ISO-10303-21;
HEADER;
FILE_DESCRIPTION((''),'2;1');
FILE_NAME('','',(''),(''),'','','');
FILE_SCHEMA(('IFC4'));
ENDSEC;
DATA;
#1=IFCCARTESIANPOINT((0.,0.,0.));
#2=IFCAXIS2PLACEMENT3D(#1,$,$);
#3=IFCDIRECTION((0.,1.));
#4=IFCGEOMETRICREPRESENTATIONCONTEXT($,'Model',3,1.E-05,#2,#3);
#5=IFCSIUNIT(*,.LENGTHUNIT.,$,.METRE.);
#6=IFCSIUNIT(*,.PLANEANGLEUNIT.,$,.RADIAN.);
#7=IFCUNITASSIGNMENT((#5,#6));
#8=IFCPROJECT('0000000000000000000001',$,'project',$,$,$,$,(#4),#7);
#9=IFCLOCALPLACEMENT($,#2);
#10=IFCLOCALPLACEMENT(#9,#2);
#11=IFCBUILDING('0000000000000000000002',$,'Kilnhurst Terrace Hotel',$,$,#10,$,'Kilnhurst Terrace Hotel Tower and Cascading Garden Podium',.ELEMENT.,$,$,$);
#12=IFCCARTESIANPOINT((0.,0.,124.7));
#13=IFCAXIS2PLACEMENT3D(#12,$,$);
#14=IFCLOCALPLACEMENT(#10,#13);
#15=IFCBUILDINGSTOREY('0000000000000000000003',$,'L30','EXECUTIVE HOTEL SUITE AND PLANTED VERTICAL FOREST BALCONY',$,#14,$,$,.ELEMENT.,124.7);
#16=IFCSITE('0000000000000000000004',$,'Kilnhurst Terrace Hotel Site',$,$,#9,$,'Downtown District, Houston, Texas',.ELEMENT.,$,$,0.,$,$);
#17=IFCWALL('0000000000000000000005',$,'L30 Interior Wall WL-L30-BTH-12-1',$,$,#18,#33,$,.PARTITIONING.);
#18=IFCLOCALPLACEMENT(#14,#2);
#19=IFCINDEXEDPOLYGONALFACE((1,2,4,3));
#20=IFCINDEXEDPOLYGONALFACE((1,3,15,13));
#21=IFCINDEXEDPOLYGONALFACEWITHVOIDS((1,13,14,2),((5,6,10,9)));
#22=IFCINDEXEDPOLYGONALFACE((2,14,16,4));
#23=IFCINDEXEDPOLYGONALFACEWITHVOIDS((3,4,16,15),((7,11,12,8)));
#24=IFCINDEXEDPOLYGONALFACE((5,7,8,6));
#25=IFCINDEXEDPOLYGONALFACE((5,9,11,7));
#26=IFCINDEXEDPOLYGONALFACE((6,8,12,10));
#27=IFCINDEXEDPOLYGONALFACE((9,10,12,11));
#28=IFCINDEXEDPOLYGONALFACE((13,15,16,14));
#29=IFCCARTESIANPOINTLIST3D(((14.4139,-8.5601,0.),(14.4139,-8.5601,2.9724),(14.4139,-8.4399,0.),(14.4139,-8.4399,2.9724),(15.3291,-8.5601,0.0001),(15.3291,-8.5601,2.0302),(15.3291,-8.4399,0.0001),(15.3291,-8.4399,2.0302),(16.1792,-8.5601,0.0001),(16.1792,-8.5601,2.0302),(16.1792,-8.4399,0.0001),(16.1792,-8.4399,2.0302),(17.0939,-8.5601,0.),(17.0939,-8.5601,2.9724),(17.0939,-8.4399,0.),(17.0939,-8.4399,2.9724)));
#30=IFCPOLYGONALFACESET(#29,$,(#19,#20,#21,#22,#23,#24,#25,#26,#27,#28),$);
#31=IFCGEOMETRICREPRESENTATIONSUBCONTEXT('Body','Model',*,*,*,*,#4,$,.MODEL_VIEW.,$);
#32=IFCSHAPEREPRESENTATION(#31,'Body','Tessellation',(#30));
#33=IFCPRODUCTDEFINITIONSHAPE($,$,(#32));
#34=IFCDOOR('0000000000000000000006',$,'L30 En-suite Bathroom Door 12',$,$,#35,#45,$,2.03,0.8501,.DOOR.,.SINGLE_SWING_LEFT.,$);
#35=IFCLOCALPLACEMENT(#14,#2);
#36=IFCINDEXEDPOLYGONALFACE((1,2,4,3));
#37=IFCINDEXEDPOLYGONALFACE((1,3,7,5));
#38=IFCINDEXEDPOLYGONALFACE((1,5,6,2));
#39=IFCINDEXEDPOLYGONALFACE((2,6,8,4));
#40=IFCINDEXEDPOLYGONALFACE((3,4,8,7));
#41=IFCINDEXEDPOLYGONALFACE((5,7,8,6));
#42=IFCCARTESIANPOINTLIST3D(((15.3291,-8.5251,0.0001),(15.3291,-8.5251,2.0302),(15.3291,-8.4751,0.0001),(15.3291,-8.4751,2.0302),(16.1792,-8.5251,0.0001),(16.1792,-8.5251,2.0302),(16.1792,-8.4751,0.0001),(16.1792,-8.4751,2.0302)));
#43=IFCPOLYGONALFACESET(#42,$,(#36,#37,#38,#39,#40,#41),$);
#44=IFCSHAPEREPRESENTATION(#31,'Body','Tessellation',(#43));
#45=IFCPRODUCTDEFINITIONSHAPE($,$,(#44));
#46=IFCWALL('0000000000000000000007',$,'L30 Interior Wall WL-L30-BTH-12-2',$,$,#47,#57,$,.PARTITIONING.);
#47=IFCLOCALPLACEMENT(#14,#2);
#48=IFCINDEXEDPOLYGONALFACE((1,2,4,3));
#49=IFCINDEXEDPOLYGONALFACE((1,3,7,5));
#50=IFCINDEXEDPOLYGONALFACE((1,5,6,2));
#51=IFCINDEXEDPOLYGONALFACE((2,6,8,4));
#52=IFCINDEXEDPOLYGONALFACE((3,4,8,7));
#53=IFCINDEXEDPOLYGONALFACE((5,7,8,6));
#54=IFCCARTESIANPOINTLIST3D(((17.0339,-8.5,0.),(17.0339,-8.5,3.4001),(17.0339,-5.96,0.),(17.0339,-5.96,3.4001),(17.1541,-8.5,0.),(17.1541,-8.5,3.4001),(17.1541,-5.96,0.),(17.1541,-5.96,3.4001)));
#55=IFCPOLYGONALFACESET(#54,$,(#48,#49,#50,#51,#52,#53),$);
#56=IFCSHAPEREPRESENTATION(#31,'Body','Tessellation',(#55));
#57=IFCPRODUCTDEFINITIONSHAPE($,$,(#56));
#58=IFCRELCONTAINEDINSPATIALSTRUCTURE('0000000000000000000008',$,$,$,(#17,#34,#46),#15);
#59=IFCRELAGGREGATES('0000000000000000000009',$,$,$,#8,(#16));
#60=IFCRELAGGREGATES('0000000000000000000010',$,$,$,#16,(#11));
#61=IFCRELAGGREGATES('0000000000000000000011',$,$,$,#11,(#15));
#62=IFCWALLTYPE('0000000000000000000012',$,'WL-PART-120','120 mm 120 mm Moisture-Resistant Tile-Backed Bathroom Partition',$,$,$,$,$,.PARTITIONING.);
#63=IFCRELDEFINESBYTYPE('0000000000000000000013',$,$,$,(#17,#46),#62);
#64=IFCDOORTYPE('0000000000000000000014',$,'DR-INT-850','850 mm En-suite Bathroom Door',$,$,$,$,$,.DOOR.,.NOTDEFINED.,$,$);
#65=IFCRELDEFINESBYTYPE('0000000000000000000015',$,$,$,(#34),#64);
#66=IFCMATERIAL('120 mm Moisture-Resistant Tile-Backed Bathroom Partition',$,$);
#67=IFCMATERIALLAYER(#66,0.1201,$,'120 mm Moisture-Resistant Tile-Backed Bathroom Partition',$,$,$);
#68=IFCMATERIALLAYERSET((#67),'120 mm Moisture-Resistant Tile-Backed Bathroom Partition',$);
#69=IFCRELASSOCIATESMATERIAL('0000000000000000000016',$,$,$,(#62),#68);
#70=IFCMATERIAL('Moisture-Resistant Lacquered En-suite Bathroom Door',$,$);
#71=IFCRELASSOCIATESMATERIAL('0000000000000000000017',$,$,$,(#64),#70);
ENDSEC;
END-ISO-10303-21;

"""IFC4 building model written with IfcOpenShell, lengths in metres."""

from ifc_helpers import new_model, si_unit, direction, frame, frame_2d, origin, place, context, subcontext, project, spatial, rectangle, extrude, material, layer, layer_set, type_object, element, fill, save


model = new_model("IFC4")

# Units and contexts
model_context = context("Model", 3, precision=1e-05, world=origin(), true_north=direction((0.0, 1.0)))
body_context = subcontext(model_context, "Body", "Model", "MODEL_VIEW")
ifc_project = project(units=[si_unit("LENGTHUNIT", "METRE"), si_unit("PLANEANGLEUNIT", "RADIAN")], contexts=[model_context])

# Site, building, storey
site_placement = place(None, origin())
site = spatial("IfcSite", under=ifc_project, at=site_placement, Name="Kilnhurst Terrace Hotel Site", LongName="Downtown District, Houston, Texas", CompositionType="ELEMENT", RefElevation=0.0)
building_placement = place(site_placement, origin())
building = spatial("IfcBuilding", under=site, at=building_placement, Name="Kilnhurst Terrace Hotel", LongName="Kilnhurst Terrace Hotel Tower and Cascading Garden Podium", CompositionType="ELEMENT")
storey_placement = place(building_placement, frame((0.0, 0.0, 124.7)))
storey = spatial("IfcBuildingStorey", under=building, at=storey_placement, Name="L30", Description="EXECUTIVE HOTEL SUITE AND PLANTED VERTICAL FOREST BALCONY", CompositionType="ELEMENT", Elevation=124.7)

# Wall, opening, door
ifc_material_1 = material(Name="120 mm Moisture-Resistant Tile-Backed Bathroom Partition")
ifc_layer_1 = layer(ifc_material_1, 0.1201, Name="120 mm Moisture-Resistant Tile-Backed Bathroom Partition")
ifc_layer_set_1 = layer_set([ifc_layer_1], Name="120 mm Moisture-Resistant Tile-Backed Bathroom Partition")
wall_type_1 = type_object("IfcWallType", Name="WL-PART-120", Description="120 mm 120 mm Moisture-Resistant Tile-Backed Bathroom Partition", PredefinedType="PARTITIONING", material=ifc_layer_set_1)
wall_1_placement = place(storey_placement, frame((14.4141, -8.5, 0.0), z_axis=(0.0, 0.0, 1.0), x_axis=(1.0, 0.0, 0.0)))
wall_1 = element("IfcWall", 1, at=wall_1_placement, inside=storey, type_object=wall_type_1, Name="L30 Interior Wall WL-L30-BTH-12-1", PredefinedType="PARTITIONING", context=body_context, shape_type="SweptSolid", body=[
    extrude(rectangle(XDim=2.6799, YDim=0.1201, at=frame_2d((1.3398, 0.0))), origin(), (0.0, 0.0, 1.0), 2.9724),
])
opening_1_placement = place(wall_1_placement, frame((0.915, 0.0, 0.0)))
opening_1 = element("IfcOpeningElement", 2, at=opening_1_placement, cuts=wall_1, PredefinedType="OPENING", context=body_context, shape_type="SweptSolid", body=[
    extrude(rectangle(XDim=0.8501, YDim=2.03, at=frame_2d((0.425, 1.0151))), frame((0.0, 0.0701, 0.0), z_axis=(0.0, -1.0, 0.0), x_axis=(1.0, 0.0, 0.0)), (0.0, 0.0, 1.0), 0.1401),
])
ifc_material_2 = material(Name="Moisture-Resistant Lacquered En-suite Bathroom Door")
door_type_1 = type_object("IfcDoorType", Name="DR-INT-850", Description="850 mm En-suite Bathroom Door", OperationType="NOTDEFINED", PredefinedType="DOOR", material=ifc_material_2)
door_1_placement = place(opening_1_placement, origin())
door_1 = element("IfcDoor", 3, at=door_1_placement, inside=storey, type_object=door_type_1, Name="L30 En-suite Bathroom Door 12", OperationType="SINGLE_SWING_LEFT", OverallHeight=2.03, OverallWidth=0.8501, PredefinedType="DOOR", context=body_context, shape_type="SweptSolid", body=[
    extrude(rectangle(XDim=0.8501, YDim=2.03, at=frame_2d((0.425, 1.0151))), frame((0.0, 0.0249, 0.0), z_axis=(0.0, -1.0, 0.0), x_axis=(1.0, 0.0, 0.0)), (0.0, 0.0, 1.0), 0.05),
])
fill(opening_1, door_1)

# Wall
wall_2_placement = place(storey_placement, frame((17.094, -8.5, 0.0), z_axis=(0.0, 0.0, 1.0), x_axis=(0.0, 1.0, 0.0)))
element("IfcWall", 4, at=wall_2_placement, inside=storey, type_object=wall_type_1, Name="L30 Interior Wall WL-L30-BTH-12-2", PredefinedType="PARTITIONING", context=body_context, shape_type="SweptSolid", body=[
    extrude(rectangle(XDim=2.54, YDim=0.1201, at=frame_2d((1.27, 0.0))), origin(), (0.0, 0.0, 1.0), 3.4001),
])

save(model, "model.ifc")
